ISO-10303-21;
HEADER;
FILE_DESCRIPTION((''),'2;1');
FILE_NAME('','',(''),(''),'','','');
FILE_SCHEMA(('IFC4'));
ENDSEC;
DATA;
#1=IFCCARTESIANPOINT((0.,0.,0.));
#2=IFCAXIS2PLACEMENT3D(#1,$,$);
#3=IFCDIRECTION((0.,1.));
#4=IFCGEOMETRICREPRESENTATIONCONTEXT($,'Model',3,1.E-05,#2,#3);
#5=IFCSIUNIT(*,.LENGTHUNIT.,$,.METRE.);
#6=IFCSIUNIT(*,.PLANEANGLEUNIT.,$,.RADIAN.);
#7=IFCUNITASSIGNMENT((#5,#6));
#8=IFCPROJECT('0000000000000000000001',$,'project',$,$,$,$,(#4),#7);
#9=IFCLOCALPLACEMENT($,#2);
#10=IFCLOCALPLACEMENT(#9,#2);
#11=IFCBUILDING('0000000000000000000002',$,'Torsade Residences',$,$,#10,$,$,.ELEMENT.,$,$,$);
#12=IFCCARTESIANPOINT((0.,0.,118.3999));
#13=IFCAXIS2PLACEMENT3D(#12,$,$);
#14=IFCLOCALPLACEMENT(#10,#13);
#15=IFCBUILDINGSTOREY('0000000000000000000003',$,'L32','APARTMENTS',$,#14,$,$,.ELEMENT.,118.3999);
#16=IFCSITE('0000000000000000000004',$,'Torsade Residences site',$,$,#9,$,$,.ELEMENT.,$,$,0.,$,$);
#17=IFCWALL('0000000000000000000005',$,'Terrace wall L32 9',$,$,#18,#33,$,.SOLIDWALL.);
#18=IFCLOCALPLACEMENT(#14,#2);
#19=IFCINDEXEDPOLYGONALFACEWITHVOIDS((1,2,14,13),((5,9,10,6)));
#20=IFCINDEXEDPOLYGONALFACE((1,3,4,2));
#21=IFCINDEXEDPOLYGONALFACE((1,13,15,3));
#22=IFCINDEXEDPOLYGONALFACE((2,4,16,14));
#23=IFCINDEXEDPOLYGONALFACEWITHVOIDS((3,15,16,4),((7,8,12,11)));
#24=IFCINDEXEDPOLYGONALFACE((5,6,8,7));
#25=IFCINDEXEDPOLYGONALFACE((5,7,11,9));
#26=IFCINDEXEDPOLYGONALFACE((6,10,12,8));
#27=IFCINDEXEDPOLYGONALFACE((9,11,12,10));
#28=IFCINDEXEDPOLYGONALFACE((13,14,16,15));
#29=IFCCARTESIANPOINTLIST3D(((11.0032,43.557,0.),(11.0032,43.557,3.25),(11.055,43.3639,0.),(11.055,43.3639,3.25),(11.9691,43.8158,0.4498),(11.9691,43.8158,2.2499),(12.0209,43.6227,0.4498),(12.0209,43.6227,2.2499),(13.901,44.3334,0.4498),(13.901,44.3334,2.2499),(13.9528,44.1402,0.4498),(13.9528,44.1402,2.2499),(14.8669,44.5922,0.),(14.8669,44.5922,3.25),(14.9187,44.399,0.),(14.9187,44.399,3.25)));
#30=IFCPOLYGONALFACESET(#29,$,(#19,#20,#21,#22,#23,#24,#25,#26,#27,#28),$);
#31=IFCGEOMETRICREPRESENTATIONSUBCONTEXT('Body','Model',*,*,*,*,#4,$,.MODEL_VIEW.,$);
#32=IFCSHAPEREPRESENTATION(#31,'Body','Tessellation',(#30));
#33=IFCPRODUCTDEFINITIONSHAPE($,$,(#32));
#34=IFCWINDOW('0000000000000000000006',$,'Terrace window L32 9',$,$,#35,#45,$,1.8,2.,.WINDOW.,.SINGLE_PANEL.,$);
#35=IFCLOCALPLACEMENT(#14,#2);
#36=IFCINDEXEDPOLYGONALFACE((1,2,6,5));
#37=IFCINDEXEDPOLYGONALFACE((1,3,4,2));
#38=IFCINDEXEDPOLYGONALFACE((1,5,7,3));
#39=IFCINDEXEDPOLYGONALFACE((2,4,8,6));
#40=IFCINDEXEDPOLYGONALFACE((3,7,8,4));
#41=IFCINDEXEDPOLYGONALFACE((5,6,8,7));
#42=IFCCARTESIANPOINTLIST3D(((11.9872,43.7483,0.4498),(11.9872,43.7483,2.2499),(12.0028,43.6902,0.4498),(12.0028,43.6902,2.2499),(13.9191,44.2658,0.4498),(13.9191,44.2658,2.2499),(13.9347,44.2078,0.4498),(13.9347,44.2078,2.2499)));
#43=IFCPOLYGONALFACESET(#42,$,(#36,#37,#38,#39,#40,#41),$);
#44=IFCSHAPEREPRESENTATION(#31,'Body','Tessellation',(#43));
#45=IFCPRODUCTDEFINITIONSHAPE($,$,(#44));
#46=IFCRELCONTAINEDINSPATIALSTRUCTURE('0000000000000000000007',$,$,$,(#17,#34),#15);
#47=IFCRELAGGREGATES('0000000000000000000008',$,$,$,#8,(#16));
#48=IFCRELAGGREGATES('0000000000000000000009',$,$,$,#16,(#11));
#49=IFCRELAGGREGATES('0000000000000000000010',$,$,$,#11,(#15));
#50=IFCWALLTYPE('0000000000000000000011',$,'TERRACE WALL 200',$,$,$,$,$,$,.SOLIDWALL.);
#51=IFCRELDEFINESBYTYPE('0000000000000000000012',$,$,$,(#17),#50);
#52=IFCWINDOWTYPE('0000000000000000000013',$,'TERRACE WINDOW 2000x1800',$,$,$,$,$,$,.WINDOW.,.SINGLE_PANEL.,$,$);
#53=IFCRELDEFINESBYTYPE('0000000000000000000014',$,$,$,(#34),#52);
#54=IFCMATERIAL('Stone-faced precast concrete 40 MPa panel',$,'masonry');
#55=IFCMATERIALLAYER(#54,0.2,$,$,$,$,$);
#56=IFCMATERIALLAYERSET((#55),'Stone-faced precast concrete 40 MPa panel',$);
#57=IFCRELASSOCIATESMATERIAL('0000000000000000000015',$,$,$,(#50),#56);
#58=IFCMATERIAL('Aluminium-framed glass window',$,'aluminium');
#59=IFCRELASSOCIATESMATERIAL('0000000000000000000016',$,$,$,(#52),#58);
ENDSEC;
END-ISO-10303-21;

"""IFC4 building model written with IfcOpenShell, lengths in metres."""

from ifc_helpers import new_model, si_unit, direction, frame, frame_2d, origin, place, context, subcontext, project, spatial, rectangle, extrude, material, layer, layer_set, type_object, element, fill, save


model = new_model("IFC4")

# Units and contexts
model_context = context("Model", 3, precision=1e-05, world=origin(), true_north=direction((0.0, 1.0)))
body_context = subcontext(model_context, "Body", "Model", "MODEL_VIEW")
ifc_project = project(units=[si_unit("LENGTHUNIT", "METRE"), si_unit("PLANEANGLEUNIT", "RADIAN")], contexts=[model_context])

# Site, building, storey
site_placement = place(None, origin())
site = spatial("IfcSite", under=ifc_project, at=site_placement, Name="Torsade Residences site", CompositionType="ELEMENT", RefElevation=0.0)
building_placement = place(site_placement, origin())
building = spatial("IfcBuilding", under=site, at=building_placement, Name="Torsade Residences", CompositionType="ELEMENT")
storey_placement = place(building_placement, frame((0.0, 0.0, 118.3999)))
storey = spatial("IfcBuildingStorey", under=building, at=storey_placement, Name="L32", Description="APARTMENTS", CompositionType="ELEMENT", Elevation=118.3999)

# Shared definitions
ifc_material_1 = material(Name="Stone-faced precast concrete 40 MPa panel", Category="masonry")
ifc_layer_1 = layer(ifc_material_1, 0.2)
ifc_layer_set_1 = layer_set([ifc_layer_1], Name="Stone-faced precast concrete 40 MPa panel")
wall_type_1 = type_object("IfcWallType", Name="TERRACE WALL 200", PredefinedType="SOLIDWALL", material=ifc_layer_set_1)

# Wall, opening, window
wall_1_placement = place(storey_placement, frame((14.8928, 44.4956, 0.0), z_axis=(0.0, 0.0, 1.0), x_axis=(-0.965934, -0.258787, 0.0)))
wall_1 = element("IfcWall", 1, at=wall_1_placement, inside=storey, type_object=wall_type_1, Name="Terrace wall L32 9", PredefinedType="SOLIDWALL", context=body_context, shape_type="SweptSolid", body=[
    extrude(rectangle(XDim=4.0, YDim=0.2, at=frame_2d((2.0, 0.0))), origin(), (0.0, 0.0, 1.0), 3.25),
])
opening_1_placement = place(wall_1_placement, frame((1.0, 0.0, 0.45)))
opening_1 = element("IfcOpeningElement", 2, at=opening_1_placement, cuts=wall_1, PredefinedType="OPENING", context=body_context, shape_type="SweptSolid", body=[
    extrude(rectangle(XDim=2.0, YDim=1.8, at=frame_2d((1.0, 0.8999))), frame((0.0, 0.1099, 0.0), z_axis=(0.0, -1.0, 0.0), x_axis=(1.0, 0.0, 0.0)), (0.0, 0.0, 1.0), 0.22),
])
ifc_material_2 = material(Name="Aluminium-framed glass window", Category="aluminium")
window_type = type_object("IfcWindowType", Name="TERRACE WINDOW 2000x1800", PartitioningType="SINGLE_PANEL", PredefinedType="WINDOW", material=ifc_material_2)
window_placement = place(opening_1_placement, origin())
window = element("IfcWindow", 3, at=window_placement, inside=storey, type_object=window_type, Name="Terrace window L32 9", OverallHeight=1.8, OverallWidth=2.0, PartitioningType="SINGLE_PANEL", PredefinedType="WINDOW", context=body_context, shape_type="SweptSolid", body=[
    extrude(rectangle(XDim=2.0, YDim=1.8, at=frame_2d((1.0, 0.8999))), frame((0.0, 0.03, 0.0), z_axis=(0.0, -1.0, 0.0), x_axis=(1.0, 0.0, 0.0)), (0.0, 0.0, 1.0), 0.0601),
])
fill(opening_1, window)

save(model, "model.ifc")
